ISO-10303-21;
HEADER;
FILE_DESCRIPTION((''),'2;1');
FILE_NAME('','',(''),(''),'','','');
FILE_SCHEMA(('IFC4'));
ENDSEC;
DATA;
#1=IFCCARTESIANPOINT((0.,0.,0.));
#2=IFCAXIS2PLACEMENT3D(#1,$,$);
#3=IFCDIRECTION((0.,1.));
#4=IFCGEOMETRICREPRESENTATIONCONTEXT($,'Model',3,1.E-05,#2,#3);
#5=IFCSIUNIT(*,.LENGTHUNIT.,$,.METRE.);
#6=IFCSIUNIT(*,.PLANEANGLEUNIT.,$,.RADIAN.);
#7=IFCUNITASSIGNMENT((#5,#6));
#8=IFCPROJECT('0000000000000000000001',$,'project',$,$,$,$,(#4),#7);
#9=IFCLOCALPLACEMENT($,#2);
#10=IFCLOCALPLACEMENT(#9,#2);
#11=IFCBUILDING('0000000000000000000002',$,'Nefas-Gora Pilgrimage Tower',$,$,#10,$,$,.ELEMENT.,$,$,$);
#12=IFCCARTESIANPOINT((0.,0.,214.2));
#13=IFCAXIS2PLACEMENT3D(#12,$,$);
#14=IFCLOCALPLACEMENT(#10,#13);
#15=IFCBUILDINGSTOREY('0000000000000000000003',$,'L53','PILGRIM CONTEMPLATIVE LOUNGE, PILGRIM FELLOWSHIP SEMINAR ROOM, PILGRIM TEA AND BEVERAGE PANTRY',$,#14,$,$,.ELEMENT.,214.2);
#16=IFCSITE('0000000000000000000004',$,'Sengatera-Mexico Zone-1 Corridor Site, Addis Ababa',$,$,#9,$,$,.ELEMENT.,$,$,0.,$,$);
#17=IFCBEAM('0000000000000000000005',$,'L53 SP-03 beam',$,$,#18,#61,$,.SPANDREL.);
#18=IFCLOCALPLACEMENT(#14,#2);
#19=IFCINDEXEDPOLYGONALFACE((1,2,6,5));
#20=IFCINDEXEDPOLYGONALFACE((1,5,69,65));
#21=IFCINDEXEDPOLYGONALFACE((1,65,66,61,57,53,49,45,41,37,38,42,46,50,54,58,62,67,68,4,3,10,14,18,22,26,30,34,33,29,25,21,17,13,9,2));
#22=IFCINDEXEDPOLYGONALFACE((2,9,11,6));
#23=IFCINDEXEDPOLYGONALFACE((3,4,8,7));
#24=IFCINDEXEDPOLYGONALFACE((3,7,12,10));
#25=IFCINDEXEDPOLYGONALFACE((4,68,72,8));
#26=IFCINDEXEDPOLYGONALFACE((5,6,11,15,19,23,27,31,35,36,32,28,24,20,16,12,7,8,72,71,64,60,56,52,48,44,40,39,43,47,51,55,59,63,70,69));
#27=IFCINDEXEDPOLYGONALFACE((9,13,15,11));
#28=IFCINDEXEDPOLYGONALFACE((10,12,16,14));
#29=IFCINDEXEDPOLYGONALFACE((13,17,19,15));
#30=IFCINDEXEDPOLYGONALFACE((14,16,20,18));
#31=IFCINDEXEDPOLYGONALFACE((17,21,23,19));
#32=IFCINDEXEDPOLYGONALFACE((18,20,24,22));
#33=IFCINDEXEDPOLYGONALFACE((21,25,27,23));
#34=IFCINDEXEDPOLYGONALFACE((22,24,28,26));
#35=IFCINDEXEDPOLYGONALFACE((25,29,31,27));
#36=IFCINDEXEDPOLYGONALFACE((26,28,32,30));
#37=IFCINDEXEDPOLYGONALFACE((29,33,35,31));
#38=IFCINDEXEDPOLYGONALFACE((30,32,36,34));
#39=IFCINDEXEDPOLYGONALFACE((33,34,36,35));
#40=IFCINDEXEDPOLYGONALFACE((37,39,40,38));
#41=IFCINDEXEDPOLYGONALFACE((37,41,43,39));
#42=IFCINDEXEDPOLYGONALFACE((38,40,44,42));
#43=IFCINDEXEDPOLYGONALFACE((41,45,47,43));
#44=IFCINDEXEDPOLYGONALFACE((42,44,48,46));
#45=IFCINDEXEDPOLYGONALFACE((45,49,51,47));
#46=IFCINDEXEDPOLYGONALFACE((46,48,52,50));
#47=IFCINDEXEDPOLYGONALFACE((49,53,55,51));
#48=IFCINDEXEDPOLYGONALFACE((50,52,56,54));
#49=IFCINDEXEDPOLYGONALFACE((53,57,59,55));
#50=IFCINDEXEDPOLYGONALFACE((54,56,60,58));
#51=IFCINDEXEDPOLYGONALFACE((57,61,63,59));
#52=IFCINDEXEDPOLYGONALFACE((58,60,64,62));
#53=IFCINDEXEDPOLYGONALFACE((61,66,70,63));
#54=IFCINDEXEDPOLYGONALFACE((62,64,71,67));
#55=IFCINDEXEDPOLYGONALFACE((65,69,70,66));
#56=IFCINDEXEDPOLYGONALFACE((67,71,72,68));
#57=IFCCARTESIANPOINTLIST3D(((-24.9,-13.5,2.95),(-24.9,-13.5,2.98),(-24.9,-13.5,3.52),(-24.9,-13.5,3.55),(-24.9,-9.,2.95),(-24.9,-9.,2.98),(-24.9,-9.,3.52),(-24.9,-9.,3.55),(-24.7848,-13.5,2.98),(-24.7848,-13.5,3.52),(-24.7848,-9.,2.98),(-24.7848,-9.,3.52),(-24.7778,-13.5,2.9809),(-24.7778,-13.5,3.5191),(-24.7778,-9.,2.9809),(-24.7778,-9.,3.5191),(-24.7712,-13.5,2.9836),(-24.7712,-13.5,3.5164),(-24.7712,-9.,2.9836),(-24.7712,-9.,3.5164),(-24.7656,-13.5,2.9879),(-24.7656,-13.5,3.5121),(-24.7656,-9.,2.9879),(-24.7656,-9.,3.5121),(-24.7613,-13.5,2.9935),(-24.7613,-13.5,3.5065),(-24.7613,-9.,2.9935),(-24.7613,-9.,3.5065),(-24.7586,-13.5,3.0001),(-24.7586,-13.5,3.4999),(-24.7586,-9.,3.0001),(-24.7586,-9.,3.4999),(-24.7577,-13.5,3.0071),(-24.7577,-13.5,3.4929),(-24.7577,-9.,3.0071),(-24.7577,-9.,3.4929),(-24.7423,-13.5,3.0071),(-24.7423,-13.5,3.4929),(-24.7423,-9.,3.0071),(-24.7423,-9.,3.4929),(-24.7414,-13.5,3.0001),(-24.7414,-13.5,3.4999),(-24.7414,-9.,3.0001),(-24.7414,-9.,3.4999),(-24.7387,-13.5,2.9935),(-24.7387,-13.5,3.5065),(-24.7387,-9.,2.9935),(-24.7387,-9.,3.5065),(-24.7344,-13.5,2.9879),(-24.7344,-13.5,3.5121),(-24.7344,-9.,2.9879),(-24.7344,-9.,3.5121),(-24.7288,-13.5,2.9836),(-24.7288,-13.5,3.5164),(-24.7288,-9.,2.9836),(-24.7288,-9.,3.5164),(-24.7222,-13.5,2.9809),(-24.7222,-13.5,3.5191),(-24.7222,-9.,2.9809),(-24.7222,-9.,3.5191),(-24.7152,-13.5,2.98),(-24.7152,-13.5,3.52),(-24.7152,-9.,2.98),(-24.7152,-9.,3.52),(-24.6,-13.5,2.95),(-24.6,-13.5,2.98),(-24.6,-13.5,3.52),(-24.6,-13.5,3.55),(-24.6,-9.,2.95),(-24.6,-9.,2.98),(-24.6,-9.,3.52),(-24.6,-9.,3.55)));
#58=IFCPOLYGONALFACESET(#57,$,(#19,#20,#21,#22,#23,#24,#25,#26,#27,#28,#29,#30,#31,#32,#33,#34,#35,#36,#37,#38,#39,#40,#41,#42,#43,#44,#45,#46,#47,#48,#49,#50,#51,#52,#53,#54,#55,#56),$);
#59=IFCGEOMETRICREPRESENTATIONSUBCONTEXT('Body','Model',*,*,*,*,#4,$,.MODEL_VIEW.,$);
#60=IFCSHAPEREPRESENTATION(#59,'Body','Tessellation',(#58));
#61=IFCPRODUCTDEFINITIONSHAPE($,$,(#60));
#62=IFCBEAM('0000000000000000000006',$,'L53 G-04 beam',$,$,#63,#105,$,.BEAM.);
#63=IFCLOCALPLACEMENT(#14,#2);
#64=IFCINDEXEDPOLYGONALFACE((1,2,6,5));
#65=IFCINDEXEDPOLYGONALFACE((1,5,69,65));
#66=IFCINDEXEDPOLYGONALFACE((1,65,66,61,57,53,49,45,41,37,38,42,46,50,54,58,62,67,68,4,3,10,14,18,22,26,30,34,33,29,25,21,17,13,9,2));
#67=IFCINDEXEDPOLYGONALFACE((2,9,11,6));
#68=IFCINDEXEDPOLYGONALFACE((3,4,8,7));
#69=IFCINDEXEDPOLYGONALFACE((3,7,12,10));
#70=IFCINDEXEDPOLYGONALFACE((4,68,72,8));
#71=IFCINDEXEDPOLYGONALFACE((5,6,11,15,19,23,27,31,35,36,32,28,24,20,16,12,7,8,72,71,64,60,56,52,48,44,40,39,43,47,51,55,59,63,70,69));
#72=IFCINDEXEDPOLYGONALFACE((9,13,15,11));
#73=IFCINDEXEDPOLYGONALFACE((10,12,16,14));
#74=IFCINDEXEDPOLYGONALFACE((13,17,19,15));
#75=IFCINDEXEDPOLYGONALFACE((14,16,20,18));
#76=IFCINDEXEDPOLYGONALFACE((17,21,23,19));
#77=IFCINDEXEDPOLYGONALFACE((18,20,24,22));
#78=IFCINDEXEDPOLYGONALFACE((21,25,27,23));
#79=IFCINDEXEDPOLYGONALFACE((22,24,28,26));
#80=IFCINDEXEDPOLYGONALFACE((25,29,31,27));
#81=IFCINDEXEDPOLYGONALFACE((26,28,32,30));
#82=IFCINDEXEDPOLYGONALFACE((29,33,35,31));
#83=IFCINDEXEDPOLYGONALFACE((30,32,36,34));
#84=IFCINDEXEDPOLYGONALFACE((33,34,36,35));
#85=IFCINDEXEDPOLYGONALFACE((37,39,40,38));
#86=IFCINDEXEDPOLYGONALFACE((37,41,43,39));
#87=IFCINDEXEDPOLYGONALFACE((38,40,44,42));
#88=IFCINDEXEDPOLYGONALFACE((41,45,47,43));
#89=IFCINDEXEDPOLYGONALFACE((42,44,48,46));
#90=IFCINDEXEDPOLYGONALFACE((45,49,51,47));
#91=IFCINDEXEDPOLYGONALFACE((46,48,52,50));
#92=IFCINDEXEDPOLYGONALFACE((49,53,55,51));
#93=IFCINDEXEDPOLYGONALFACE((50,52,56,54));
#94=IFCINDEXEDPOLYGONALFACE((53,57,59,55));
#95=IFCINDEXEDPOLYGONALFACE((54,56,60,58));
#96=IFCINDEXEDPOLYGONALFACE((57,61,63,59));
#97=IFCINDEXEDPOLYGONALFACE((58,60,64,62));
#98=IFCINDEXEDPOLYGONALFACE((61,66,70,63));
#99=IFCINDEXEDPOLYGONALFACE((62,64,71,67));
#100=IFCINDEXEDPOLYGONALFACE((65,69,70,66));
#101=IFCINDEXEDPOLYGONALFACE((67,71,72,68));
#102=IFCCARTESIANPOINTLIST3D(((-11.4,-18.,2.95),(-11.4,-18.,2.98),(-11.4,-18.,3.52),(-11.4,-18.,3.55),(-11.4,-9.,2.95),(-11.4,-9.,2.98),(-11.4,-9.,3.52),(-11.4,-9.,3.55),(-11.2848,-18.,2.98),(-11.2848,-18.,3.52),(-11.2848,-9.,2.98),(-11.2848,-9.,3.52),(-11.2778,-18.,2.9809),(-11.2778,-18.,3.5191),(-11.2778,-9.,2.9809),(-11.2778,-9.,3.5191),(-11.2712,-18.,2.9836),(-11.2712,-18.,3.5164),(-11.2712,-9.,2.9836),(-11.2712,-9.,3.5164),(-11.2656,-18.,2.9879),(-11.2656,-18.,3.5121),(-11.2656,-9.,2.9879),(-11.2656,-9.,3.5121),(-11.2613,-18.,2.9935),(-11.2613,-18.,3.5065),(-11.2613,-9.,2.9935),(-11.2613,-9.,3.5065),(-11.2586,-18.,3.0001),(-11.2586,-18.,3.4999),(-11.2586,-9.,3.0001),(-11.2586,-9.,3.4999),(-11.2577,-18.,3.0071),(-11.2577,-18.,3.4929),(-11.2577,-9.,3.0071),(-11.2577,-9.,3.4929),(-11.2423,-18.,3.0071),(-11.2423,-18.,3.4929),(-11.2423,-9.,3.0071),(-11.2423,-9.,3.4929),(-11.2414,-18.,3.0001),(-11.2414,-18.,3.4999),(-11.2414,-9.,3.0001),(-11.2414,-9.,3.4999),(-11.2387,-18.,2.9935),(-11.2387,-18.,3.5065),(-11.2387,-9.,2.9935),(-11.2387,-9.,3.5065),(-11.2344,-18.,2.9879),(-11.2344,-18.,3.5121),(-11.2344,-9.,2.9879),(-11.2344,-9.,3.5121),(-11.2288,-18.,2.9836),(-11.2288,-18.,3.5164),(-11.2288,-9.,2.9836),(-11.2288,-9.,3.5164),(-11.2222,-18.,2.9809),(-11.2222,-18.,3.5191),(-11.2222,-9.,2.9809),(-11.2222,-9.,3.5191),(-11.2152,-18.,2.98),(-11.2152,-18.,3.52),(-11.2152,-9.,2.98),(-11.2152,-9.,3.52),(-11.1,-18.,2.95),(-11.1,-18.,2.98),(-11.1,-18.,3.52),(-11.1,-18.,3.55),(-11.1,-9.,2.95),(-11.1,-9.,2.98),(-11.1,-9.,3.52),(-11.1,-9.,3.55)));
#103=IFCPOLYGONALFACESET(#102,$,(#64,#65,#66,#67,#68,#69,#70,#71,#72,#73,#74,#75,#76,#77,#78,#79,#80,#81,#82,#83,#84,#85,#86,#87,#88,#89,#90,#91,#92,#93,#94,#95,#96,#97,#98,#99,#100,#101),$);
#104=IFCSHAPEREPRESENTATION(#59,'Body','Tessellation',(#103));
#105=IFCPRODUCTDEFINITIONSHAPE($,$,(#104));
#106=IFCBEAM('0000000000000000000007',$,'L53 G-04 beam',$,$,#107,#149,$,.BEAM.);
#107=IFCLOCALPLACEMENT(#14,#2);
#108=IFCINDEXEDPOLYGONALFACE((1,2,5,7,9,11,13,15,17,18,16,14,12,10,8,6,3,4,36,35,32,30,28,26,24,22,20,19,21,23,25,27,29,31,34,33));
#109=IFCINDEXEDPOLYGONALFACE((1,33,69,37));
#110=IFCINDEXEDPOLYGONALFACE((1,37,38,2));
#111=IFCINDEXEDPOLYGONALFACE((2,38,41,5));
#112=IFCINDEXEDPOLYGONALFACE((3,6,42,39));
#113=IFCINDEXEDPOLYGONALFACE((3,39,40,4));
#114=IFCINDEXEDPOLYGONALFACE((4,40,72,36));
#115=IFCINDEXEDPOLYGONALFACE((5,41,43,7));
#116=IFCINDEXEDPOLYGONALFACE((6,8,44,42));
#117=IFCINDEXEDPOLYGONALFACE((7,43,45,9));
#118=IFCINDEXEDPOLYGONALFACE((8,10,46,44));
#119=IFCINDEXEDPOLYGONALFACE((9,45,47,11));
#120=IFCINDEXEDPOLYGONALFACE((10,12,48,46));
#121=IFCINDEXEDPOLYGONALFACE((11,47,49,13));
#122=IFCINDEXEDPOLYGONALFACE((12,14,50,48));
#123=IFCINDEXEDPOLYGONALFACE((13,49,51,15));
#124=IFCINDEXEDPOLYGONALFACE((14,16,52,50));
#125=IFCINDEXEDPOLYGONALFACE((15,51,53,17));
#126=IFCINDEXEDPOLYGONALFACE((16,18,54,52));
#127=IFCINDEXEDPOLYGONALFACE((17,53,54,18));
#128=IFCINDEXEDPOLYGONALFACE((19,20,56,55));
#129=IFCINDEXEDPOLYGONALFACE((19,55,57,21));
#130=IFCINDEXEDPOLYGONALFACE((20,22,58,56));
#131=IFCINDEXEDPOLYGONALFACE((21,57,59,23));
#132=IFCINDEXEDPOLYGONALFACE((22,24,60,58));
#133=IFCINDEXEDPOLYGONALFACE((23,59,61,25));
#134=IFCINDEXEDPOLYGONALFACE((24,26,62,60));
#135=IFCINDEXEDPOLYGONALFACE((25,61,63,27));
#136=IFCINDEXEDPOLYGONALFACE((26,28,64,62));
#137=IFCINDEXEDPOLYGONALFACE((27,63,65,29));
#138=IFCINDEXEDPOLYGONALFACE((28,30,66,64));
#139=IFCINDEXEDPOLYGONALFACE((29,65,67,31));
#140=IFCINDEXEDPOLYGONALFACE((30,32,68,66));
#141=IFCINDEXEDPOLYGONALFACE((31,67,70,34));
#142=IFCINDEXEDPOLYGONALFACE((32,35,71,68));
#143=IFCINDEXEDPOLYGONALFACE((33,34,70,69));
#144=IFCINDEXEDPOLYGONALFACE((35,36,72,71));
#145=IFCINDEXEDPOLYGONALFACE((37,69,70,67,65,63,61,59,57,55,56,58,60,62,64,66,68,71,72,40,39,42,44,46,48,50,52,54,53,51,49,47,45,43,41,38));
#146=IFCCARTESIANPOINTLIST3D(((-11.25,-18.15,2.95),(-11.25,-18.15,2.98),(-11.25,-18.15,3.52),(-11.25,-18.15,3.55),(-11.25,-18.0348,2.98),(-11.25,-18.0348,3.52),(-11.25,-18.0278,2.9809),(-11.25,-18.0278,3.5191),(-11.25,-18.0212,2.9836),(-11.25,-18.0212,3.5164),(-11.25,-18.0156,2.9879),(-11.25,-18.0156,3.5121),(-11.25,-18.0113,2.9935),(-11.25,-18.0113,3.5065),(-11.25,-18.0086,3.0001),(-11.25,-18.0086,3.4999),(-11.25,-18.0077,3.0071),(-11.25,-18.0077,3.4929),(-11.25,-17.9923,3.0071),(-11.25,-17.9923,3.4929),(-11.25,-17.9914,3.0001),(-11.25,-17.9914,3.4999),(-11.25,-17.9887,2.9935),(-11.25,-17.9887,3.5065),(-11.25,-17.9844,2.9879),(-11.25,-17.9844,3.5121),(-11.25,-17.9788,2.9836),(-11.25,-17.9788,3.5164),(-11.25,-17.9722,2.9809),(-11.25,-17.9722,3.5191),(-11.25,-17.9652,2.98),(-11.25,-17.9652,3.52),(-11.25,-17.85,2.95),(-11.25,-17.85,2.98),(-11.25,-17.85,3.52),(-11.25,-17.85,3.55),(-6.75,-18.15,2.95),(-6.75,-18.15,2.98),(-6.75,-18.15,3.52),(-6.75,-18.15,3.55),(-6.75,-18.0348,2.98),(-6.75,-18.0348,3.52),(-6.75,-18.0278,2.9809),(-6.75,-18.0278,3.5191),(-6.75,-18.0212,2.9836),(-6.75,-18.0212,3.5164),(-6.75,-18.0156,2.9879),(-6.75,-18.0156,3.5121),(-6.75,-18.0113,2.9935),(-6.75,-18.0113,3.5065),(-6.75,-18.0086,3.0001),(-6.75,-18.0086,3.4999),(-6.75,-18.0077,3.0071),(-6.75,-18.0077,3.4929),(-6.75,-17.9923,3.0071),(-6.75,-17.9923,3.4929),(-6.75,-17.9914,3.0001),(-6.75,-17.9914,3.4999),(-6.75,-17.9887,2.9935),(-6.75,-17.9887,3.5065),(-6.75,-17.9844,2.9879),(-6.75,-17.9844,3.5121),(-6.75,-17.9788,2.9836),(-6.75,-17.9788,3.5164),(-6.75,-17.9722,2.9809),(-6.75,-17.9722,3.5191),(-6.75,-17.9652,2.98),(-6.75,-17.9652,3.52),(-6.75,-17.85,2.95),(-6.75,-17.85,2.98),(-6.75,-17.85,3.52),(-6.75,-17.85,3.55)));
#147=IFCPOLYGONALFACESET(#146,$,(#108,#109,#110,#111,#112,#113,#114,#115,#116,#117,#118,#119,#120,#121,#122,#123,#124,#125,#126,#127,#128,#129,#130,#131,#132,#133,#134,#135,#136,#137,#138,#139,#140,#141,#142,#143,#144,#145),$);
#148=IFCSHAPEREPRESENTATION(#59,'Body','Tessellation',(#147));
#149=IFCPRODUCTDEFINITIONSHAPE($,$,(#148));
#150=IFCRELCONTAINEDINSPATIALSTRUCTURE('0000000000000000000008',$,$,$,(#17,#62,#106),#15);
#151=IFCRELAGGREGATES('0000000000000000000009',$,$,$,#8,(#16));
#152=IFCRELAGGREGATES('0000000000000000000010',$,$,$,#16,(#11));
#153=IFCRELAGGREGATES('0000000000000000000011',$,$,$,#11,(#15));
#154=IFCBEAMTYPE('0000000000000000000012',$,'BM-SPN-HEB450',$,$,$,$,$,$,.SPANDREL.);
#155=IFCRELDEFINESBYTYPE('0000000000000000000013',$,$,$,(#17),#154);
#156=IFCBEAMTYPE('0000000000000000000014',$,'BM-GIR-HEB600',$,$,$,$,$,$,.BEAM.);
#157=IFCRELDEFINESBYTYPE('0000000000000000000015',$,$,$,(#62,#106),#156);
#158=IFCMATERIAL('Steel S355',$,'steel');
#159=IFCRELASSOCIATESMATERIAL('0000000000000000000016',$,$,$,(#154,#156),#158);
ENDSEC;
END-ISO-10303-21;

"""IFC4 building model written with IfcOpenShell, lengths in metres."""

from ifc_helpers import new_model, si_unit, direction, frame, origin, origin_2d, place, context, subcontext, project, spatial, i_section, extrude, source, transform, mapped, material, material_profile, profile_set, type_object, element, save


model = new_model("IFC4")

# Units and contexts
model_context = context("Model", 3, precision=1e-05, world=origin(), true_north=direction((0.0, 1.0)))
body_context = subcontext(model_context, "Body", "Model", "MODEL_VIEW")
ifc_project = project(units=[si_unit("LENGTHUNIT", "METRE"), si_unit("PLANEANGLEUNIT", "RADIAN")], contexts=[model_context])

# Site, building, storey
site_placement = place(None, origin())
site = spatial("IfcSite", under=ifc_project, at=site_placement, Name="Sengatera-Mexico Zone-1 Corridor Site, Addis Ababa", CompositionType="ELEMENT", RefElevation=0.0)
building_placement = place(site_placement, origin())
building = spatial("IfcBuilding", under=site, at=building_placement, Name="Nefas-Gora Pilgrimage Tower", CompositionType="ELEMENT")
storey_placement = place(building_placement, frame((0.0, 0.0, 214.2)))
storey = spatial("IfcBuildingStorey", under=building, at=storey_placement, Name="L53", Description="PILGRIM CONTEMPLATIVE LOUNGE, PILGRIM FELLOWSHIP SEMINAR ROOM, PILGRIM TEA AND BEVERAGE PANTRY", CompositionType="ELEMENT", Elevation=214.2)

# Beams
ifc_material_1 = material(Name="Steel S355", Category="steel")
ifc_material_profile_1 = material_profile(ifc_material_1, i_section(OverallWidth=0.3, OverallDepth=0.6001, WebThickness=0.0154, FlangeThickness=0.03, FilletRadius=0.0271, at=origin_2d()), Name="HEB 600")
ifc_profile_set_1 = profile_set([ifc_material_profile_1], Name="Steel S355")
beam_type_1 = type_object("IfcBeamType", Name="BM-SPN-HEB450", PredefinedType="SPANDREL", material=ifc_profile_set_1)
shared_shape_1 = source(origin(), body_context, "Body", "SweptSolid", [
    extrude(i_section(OverallWidth=0.3, OverallDepth=0.6001, WebThickness=0.0154, FlangeThickness=0.03, FilletRadius=0.0271, at=origin_2d()), origin(), (0.0, 0.0, 1.0), 4.5),
])
beam_1_placement = place(storey_placement, frame((-24.75, -13.5, 3.25), z_axis=(0.0, 1.0, 0.0), x_axis=(-1.0, 0.0, 0.0)))
element("IfcBeam", 1, at=beam_1_placement, inside=storey, type_object=beam_type_1, Name="L53 SP-03 beam", PredefinedType="SPANDREL", context=body_context, shape_type="MappedRepresentation", body=[
    mapped(shared_shape_1, transform((0.0, 0.0, 0.0), x_axis=(1.0, 0.0, 0.0), y_axis=(0.0, 1.0, 0.0), z_axis=(0.0, 0.0, 1.0), scale=1.0)),
])
ifc_material_profile_2 = material_profile(ifc_material_1, i_section(OverallWidth=0.3, OverallDepth=0.6001, WebThickness=0.0154, FlangeThickness=0.03, FilletRadius=0.0271, at=origin_2d()), Name="HEB 600")
ifc_profile_set_2 = profile_set([ifc_material_profile_2], Name="Steel S355")
beam_type_2 = type_object("IfcBeamType", Name="BM-GIR-HEB600", PredefinedType="BEAM", material=ifc_profile_set_2)
shared_shape_2 = source(origin(), body_context, "Body", "SweptSolid", [
    extrude(i_section(OverallWidth=0.3, OverallDepth=0.6001, WebThickness=0.0154, FlangeThickness=0.03, FilletRadius=0.0271, at=origin_2d()), origin(), (0.0, 0.0, 1.0), 9.0),
])
beam_2_placement = place(storey_placement, frame((-11.25, -18.0, 3.25), z_axis=(0.0, 1.0, 0.0), x_axis=(-1.0, 0.0, 0.0)))
element("IfcBeam", 2, at=beam_2_placement, inside=storey, type_object=beam_type_2, Name="L53 G-04 beam", PredefinedType="BEAM", context=body_context, shape_type="MappedRepresentation", body=[
    mapped(shared_shape_2, transform((0.0, 0.0, 0.0), x_axis=(1.0, 0.0, 0.0), y_axis=(0.0, 1.0, 0.0), z_axis=(0.0, 0.0, 1.0), scale=1.0)),
])
shared_shape_3 = source(origin(), body_context, "Body", "SweptSolid", [
    extrude(i_section(OverallWidth=0.3, OverallDepth=0.6001, WebThickness=0.0154, FlangeThickness=0.03, FilletRadius=0.0271, at=origin_2d()), origin(), (0.0, 0.0, 1.0), 4.5),
])
beam_3_placement = place(storey_placement, frame((-11.25, -18.0, 3.25), z_axis=(1.0, 0.0, 0.0), x_axis=(0.0, 1.0, 0.0)))
element("IfcBeam", 3, at=beam_3_placement, inside=storey, type_object=beam_type_2, Name="L53 G-04 beam", PredefinedType="BEAM", context=body_context, shape_type="MappedRepresentation", body=[
    mapped(shared_shape_3, transform((0.0, 0.0, 0.0), x_axis=(1.0, 0.0, 0.0), y_axis=(0.0, 1.0, 0.0), z_axis=(0.0, 0.0, 1.0), scale=1.0)),
])

save(model, "model.ifc")
